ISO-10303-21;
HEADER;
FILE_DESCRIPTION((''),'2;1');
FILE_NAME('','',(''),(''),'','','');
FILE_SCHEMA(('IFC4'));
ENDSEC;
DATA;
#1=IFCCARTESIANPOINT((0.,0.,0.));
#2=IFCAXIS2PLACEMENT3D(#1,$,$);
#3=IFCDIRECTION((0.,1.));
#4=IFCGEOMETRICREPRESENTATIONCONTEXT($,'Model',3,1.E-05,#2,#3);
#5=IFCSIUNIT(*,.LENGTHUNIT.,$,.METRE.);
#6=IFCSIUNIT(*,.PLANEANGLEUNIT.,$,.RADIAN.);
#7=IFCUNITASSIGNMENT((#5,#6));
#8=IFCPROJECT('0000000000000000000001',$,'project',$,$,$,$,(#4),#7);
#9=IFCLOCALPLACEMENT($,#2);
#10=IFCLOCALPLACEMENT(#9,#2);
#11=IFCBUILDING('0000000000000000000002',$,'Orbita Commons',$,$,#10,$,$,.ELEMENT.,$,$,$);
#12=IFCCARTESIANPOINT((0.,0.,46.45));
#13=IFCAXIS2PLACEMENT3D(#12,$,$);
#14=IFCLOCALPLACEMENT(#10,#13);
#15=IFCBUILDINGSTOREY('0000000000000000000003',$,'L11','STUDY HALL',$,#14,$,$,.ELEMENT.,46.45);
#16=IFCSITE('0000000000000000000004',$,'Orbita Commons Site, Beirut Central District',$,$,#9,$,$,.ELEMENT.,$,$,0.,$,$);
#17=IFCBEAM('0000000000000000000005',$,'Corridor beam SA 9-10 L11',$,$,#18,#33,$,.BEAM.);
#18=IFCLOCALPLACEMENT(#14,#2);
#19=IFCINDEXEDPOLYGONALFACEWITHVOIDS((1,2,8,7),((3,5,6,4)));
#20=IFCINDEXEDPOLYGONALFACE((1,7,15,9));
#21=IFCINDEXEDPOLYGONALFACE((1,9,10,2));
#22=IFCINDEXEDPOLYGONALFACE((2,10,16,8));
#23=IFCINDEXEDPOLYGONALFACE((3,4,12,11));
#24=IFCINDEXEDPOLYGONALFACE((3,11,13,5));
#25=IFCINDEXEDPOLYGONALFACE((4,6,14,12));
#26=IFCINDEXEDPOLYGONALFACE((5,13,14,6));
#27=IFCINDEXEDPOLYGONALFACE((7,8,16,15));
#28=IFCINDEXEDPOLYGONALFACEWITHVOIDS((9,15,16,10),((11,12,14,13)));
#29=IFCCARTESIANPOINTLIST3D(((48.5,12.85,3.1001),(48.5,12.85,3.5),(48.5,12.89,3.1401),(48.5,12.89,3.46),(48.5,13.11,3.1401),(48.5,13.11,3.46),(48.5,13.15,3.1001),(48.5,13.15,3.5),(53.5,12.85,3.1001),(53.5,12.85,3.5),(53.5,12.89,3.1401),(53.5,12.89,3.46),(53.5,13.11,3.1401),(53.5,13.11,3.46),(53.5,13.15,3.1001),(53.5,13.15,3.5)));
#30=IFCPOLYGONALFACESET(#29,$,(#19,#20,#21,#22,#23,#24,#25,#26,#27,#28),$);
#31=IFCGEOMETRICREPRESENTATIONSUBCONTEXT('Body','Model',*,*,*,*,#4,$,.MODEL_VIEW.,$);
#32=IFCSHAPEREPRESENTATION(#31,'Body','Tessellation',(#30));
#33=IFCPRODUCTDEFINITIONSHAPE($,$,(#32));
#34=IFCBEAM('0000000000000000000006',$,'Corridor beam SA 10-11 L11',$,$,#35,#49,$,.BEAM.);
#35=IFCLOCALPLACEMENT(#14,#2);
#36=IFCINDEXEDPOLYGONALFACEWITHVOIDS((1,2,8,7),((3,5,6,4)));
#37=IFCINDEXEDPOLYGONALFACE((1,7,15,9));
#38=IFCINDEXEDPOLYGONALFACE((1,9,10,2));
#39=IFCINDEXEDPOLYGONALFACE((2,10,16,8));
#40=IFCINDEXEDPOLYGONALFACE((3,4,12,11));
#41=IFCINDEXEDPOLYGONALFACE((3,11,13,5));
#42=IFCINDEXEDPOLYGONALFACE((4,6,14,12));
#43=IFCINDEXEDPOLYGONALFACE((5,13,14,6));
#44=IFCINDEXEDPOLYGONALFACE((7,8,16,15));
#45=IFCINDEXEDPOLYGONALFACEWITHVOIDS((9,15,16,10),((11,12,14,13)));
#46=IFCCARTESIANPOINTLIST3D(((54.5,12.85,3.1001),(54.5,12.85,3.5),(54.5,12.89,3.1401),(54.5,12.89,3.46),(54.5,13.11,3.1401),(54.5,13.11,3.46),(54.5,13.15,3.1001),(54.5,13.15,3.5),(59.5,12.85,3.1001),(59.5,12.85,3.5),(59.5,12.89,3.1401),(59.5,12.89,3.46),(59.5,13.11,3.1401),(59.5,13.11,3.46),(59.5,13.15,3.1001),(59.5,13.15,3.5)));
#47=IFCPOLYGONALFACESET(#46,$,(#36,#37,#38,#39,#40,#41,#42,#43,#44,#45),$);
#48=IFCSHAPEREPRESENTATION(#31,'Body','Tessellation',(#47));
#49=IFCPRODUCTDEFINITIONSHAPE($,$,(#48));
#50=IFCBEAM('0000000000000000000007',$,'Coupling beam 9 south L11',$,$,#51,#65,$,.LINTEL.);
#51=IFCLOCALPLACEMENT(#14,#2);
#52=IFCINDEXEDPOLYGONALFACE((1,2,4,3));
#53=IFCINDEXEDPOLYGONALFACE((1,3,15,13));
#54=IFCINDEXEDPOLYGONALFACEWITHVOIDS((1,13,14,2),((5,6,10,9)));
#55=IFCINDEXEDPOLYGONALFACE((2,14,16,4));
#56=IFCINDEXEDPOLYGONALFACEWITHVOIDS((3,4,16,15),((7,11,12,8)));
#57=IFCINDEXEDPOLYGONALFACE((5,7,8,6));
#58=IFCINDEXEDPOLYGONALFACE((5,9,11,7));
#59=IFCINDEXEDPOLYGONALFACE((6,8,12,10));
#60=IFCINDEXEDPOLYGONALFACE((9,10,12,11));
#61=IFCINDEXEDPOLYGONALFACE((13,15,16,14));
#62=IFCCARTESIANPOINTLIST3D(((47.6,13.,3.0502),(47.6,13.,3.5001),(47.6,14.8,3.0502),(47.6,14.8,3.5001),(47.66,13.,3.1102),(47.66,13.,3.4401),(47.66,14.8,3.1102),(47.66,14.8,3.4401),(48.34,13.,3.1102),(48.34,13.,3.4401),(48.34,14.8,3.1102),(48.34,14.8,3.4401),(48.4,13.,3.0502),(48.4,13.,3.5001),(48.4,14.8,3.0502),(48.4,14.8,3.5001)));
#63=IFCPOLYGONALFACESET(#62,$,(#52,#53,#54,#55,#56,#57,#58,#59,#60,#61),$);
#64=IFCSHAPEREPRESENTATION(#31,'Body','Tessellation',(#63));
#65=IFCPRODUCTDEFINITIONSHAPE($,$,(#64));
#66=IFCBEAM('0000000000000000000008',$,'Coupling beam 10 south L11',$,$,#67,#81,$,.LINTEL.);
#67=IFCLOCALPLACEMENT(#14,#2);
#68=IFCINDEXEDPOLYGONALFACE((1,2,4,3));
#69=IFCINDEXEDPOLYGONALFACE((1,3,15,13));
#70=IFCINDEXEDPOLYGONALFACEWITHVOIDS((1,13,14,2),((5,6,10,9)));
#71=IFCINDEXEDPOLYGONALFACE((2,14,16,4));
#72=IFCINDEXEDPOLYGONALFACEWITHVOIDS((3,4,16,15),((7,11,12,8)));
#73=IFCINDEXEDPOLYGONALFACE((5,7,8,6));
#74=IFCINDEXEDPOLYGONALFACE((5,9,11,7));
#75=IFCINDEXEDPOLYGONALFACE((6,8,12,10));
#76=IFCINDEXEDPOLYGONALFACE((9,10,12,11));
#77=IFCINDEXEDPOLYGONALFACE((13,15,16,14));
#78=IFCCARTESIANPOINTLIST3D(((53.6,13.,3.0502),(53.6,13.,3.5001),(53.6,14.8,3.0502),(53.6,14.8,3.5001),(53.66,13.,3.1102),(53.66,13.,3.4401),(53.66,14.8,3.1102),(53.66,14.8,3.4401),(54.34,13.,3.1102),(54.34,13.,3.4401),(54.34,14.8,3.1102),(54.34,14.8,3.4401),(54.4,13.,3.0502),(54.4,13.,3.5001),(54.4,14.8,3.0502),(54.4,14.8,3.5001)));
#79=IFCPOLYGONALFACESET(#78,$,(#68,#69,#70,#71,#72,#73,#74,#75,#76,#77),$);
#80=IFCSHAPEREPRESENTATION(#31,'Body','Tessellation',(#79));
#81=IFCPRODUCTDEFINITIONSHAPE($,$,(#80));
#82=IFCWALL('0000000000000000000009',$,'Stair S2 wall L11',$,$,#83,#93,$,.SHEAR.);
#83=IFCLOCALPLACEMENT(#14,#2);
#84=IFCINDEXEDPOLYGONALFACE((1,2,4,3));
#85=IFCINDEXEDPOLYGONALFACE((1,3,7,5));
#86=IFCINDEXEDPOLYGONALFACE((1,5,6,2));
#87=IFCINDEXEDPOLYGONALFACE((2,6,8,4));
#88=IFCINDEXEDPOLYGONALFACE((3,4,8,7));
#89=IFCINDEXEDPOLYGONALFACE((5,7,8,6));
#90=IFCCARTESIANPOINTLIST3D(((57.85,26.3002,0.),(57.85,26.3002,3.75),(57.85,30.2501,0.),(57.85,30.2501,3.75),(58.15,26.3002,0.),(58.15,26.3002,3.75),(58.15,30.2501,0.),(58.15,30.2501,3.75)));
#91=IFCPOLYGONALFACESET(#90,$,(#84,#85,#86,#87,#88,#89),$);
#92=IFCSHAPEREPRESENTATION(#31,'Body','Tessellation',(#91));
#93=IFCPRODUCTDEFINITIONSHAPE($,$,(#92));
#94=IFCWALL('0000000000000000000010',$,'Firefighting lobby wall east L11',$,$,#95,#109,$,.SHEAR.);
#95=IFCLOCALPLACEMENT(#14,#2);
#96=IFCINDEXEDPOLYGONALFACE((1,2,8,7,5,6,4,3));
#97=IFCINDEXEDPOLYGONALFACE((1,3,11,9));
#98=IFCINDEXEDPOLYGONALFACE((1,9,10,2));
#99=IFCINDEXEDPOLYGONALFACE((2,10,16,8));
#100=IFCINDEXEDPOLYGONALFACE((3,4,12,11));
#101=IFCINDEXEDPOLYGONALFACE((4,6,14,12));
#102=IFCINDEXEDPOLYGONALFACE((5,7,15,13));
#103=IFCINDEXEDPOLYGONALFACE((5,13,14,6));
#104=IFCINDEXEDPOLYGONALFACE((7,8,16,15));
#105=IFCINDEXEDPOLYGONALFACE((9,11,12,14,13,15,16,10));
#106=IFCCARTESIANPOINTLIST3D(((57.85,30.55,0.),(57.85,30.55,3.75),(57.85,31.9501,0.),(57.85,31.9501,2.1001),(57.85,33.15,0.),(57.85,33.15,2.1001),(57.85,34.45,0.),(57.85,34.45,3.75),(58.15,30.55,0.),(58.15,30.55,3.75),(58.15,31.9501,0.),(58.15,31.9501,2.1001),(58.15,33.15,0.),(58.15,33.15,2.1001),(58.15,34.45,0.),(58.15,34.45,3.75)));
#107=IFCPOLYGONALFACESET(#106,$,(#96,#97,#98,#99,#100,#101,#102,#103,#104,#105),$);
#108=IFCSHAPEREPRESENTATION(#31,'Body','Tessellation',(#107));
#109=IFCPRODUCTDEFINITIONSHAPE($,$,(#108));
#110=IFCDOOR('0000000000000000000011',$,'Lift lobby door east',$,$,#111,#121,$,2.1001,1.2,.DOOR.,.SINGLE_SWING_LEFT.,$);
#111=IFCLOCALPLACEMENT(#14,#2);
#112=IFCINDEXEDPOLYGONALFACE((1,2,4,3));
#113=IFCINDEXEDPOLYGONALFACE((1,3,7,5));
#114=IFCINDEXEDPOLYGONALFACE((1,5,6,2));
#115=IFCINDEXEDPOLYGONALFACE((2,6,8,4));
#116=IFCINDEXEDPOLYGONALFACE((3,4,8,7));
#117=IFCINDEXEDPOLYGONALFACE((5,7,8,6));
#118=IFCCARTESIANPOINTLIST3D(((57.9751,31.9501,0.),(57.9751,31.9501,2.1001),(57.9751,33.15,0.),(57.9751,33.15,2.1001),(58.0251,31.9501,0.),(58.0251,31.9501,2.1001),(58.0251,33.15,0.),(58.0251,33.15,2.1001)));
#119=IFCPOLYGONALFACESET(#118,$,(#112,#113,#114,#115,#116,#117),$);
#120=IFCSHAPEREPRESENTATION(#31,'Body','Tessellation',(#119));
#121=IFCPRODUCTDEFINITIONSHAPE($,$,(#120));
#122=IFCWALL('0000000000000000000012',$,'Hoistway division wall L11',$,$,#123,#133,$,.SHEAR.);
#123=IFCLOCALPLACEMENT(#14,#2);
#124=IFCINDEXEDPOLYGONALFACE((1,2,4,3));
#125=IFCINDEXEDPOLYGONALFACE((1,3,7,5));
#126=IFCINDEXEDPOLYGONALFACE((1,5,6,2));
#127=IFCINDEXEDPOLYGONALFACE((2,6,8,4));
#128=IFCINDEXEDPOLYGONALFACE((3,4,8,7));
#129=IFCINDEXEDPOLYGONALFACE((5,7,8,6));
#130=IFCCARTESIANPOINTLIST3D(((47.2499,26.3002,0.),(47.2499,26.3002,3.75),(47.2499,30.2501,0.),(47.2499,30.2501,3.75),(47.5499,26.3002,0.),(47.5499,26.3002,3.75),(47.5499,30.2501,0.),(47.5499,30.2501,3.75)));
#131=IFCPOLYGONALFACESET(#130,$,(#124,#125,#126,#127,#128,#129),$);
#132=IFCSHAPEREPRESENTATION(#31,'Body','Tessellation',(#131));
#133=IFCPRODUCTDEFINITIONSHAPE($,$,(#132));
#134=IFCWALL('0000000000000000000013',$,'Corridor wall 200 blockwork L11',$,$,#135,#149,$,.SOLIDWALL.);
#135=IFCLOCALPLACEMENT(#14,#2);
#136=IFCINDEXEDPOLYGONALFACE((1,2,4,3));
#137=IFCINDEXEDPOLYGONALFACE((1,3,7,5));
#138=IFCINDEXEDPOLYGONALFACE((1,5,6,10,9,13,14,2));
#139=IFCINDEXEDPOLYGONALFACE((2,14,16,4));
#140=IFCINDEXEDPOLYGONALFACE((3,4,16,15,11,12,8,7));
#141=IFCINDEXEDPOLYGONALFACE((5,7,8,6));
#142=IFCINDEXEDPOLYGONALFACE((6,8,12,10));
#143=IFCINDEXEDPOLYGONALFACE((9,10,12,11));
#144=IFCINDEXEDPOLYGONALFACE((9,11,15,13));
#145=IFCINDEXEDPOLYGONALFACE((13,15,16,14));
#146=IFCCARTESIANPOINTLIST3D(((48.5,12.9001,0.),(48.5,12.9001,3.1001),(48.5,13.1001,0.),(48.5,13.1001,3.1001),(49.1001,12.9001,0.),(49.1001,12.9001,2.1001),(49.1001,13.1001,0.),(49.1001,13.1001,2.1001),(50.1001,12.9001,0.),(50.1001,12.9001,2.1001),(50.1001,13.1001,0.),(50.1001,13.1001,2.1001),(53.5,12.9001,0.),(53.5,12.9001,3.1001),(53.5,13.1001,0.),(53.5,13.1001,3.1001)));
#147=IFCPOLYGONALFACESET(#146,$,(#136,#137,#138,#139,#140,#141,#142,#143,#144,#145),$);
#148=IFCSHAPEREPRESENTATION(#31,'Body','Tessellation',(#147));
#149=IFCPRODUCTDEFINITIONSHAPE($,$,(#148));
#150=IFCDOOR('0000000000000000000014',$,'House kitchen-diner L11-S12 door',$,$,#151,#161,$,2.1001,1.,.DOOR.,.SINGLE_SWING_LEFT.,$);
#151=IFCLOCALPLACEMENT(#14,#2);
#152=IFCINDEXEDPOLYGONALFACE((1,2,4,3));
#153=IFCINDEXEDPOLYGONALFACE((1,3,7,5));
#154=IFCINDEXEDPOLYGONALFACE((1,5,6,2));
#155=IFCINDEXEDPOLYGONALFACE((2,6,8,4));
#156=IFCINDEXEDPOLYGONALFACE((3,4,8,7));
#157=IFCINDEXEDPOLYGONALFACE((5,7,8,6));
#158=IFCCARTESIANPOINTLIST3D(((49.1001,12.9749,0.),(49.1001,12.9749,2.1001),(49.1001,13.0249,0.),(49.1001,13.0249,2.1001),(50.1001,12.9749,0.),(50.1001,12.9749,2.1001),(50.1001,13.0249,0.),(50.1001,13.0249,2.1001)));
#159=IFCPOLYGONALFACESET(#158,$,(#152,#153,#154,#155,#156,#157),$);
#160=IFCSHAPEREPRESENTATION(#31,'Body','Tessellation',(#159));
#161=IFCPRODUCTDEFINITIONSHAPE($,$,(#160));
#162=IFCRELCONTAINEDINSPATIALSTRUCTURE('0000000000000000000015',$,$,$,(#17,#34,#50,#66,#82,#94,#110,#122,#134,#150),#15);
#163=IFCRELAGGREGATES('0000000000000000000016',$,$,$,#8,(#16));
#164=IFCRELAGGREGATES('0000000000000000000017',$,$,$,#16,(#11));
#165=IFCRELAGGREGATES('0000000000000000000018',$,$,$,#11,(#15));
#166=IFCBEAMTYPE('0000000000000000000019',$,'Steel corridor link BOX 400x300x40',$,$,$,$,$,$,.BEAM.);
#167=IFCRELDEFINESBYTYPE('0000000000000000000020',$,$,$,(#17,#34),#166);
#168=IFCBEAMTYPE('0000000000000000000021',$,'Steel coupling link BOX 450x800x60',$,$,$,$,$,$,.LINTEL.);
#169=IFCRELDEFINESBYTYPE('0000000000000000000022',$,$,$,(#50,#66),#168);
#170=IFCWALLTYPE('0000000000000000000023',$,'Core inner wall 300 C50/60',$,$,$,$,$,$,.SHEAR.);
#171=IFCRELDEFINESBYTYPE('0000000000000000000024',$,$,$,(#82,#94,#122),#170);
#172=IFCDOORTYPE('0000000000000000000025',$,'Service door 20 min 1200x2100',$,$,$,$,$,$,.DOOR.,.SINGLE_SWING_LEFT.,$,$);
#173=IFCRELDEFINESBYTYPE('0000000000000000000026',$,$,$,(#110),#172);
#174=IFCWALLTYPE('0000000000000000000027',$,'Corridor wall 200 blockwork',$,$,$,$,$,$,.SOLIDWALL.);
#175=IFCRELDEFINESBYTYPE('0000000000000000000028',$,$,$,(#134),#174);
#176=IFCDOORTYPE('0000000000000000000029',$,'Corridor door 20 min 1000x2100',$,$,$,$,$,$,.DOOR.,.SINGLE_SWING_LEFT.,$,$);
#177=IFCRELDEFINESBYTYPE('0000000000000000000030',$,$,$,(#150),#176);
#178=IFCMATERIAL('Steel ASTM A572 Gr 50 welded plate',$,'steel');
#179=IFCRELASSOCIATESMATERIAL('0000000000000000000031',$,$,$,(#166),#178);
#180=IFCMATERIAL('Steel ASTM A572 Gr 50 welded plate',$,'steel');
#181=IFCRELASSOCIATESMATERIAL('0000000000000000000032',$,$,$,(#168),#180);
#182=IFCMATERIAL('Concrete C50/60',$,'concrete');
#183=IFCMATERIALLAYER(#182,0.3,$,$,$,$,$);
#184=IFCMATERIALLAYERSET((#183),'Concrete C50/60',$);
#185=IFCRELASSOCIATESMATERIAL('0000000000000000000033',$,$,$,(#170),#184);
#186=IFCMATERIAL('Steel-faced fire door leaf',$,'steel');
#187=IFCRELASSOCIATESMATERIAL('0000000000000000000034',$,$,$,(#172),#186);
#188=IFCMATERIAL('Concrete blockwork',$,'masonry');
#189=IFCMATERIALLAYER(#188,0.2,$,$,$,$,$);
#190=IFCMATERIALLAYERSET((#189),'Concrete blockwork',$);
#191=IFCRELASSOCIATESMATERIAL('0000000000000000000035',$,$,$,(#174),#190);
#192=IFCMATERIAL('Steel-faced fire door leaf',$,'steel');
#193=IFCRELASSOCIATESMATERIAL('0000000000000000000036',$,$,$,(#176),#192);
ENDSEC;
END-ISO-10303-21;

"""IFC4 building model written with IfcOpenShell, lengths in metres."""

from ifc_helpers import new_model, si_unit, direction, frame, frame_2d, origin, origin_2d, place, context, subcontext, project, spatial, polyline, rectangle, hollow_rectangle, outline, extrude, material, layer, layer_set, material_profile, profile_set, type_object, element, fill, save


model = new_model("IFC4")

# Units and contexts
model_context = context("Model", 3, precision=1e-05, world=origin(), true_north=direction((0.0, 1.0)))
body_context = subcontext(model_context, "Body", "Model", "MODEL_VIEW")
ifc_project = project(units=[si_unit("LENGTHUNIT", "METRE"), si_unit("PLANEANGLEUNIT", "RADIAN")], contexts=[model_context])

# Site, building, storey
site_placement = place(None, origin())
site = spatial("IfcSite", under=ifc_project, at=site_placement, Name="Orbita Commons Site, Beirut Central District", CompositionType="ELEMENT", RefElevation=0.0)
building_placement = place(site_placement, origin())
building = spatial("IfcBuilding", under=site, at=building_placement, Name="Orbita Commons", CompositionType="ELEMENT")
storey_placement = place(building_placement, frame((0.0, 0.0, 46.45)))
storey = spatial("IfcBuildingStorey", under=building, at=storey_placement, Name="L11", Description="STUDY HALL", CompositionType="ELEMENT", Elevation=46.45)

# Beams
ifc_material_1 = material(Name="Steel ASTM A572 Gr 50 welded plate", Category="steel")
ifc_material_profile_1 = material_profile(ifc_material_1, hollow_rectangle(XDim=0.3, YDim=0.3999, WallThickness=0.04, at=origin_2d()), Name="BOX 400x300x40")
ifc_profile_set_1 = profile_set([ifc_material_profile_1], Name="Steel ASTM A572 Gr 50 welded plate")
beam_type_1 = type_object("IfcBeamType", Name="Steel corridor link BOX 400x300x40", PredefinedType="BEAM", material=ifc_profile_set_1)
for number, where, z_axis, x_axis, name in (
    (1, (48.5, 13.0, 3.3), (1.0, 0.0, 0.0), (0.0, 1.0, 0.0), "Corridor beam SA 9-10 L11"),
    (2, (54.5, 13.0, 3.3), (1.0, 0.0, 0.0), (0.0, 1.0, 0.0), "Corridor beam SA 10-11 L11"),
):
    element("IfcBeam", number, at=place(storey_placement, frame(where, z_axis=z_axis, x_axis=x_axis)), inside=storey, type_object=beam_type_1, Name=name, PredefinedType="BEAM", context=body_context, shape_type="SweptSolid", body=[
        extrude(hollow_rectangle(XDim=0.3, YDim=0.3999, WallThickness=0.04, at=origin_2d()), origin(), (0.0, 0.0, 1.0), 5.0),
    ])
ifc_material_2 = material(Name="Steel ASTM A572 Gr 50 welded plate", Category="steel")
ifc_material_profile_2 = material_profile(ifc_material_2, hollow_rectangle(XDim=0.8, YDim=0.45, WallThickness=0.0601, at=origin_2d()), Name="BOX 450x800x60")
ifc_profile_set_2 = profile_set([ifc_material_profile_2], Name="Steel ASTM A572 Gr 50 welded plate")
beam_type_2 = type_object("IfcBeamType", Name="Steel coupling link BOX 450x800x60", PredefinedType="LINTEL", material=ifc_profile_set_2)
for number, where, z_axis, x_axis, name in (
    (3, (48.0, 13.0, 3.2751), (0.0, 1.0, 0.0), (-1.0, 0.0, 0.0), "Coupling beam 9 south L11"),
    (4, (54.0, 13.0, 3.2751), (0.0, 1.0, 0.0), (-1.0, 0.0, 0.0), "Coupling beam 10 south L11"),
):
    element("IfcBeam", number, at=place(storey_placement, frame(where, z_axis=z_axis, x_axis=x_axis)), inside=storey, type_object=beam_type_2, Name=name, PredefinedType="LINTEL", context=body_context, shape_type="SweptSolid", body=[
        extrude(hollow_rectangle(XDim=0.8, YDim=0.45, WallThickness=0.0601, at=origin_2d()), origin(), (0.0, 0.0, 1.0), 1.8),
    ])

# Wall
ifc_material_3 = material(Name="Concrete C50/60", Category="concrete")
ifc_layer_1 = layer(ifc_material_3, 0.3)
ifc_layer_set_1 = layer_set([ifc_layer_1], Name="Concrete C50/60")
wall_type_1 = type_object("IfcWallType", Name="Core inner wall 300 C50/60", PredefinedType="SHEAR", material=ifc_layer_set_1)
wall_1_placement = place(storey_placement, frame((58.0, 26.3, 0.0), z_axis=(0.0, 0.0, 1.0), x_axis=(0.0, 1.0, 0.0)))
element("IfcWall", 5, at=wall_1_placement, inside=storey, type_object=wall_type_1, Name="Stair S2 wall L11", PredefinedType="SHEAR", context=body_context, shape_type="SweptSolid", body=[
    extrude(rectangle(XDim=3.95, YDim=0.3, at=frame_2d((1.9751, 0.0))), origin(), (0.0, 0.0, 1.0), 3.75),
])

# Wall, opening, door
wall_2_placement = place(storey_placement, frame((58.0, 30.55, 0.0), z_axis=(0.0, 0.0, 1.0), x_axis=(0.0, 1.0, 0.0)))
wall_2 = element("IfcWall", 6, at=wall_2_placement, inside=storey, type_object=wall_type_1, Name="Firefighting lobby wall east L11", PredefinedType="SHEAR", context=body_context, shape_type="SweptSolid", body=[
    extrude(rectangle(XDim=3.8999, YDim=0.3, at=frame_2d((1.95, 0.0))), origin(), (0.0, 0.0, 1.0), 3.75),
])
opening_1_placement = place(wall_2_placement, frame((1.3999, 0.0, 0.0)))
opening_1 = element("IfcOpeningElement", 7, at=opening_1_placement, cuts=wall_2, PredefinedType="OPENING", context=body_context, shape_type="SweptSolid", body=[
    extrude(rectangle(XDim=1.2, YDim=2.1001, at=frame_2d((0.6001, 1.05))), frame((0.0, 0.1599, 0.0), z_axis=(0.0, -1.0, 0.0), x_axis=(1.0, 0.0, 0.0)), (0.0, 0.0, 1.0), 0.3201),
])
ifc_material_4 = material(Name="Steel-faced fire door leaf", Category="steel")
door_type_1 = type_object("IfcDoorType", Name="Service door 20 min 1200x2100", OperationType="SINGLE_SWING_LEFT", PredefinedType="DOOR", material=ifc_material_4)
door_1_placement = place(opening_1_placement, origin())
door_1 = element("IfcDoor", 8, at=door_1_placement, inside=storey, type_object=door_type_1, Name="Lift lobby door east", OperationType="SINGLE_SWING_LEFT", OverallHeight=2.1001, OverallWidth=1.2, PredefinedType="DOOR", context=body_context, shape_type="SweptSolid", body=[
    extrude(rectangle(XDim=1.2, YDim=2.1001, at=frame_2d((0.6001, 1.05))), frame((0.0, 0.0249, 0.0), z_axis=(0.0, -1.0, 0.0), x_axis=(1.0, 0.0, 0.0)), (0.0, 0.0, 1.0), 0.05),
])
fill(opening_1, door_1)

# Wall
wall_3_placement = place(storey_placement, frame((47.3999, 26.3, 0.0), z_axis=(0.0, 0.0, 1.0), x_axis=(0.0, 1.0, 0.0)))
element("IfcWall", 9, at=wall_3_placement, inside=storey, type_object=wall_type_1, Name="Hoistway division wall L11", PredefinedType="SHEAR", context=body_context, shape_type="SweptSolid", body=[
    extrude(rectangle(XDim=3.95, YDim=0.3, at=frame_2d((1.9751, 0.0))), origin(), (0.0, 0.0, 1.0), 3.75),
])

# Wall, opening, door
ifc_material_5 = material(Name="Concrete blockwork", Category="masonry")
ifc_layer_2 = layer(ifc_material_5, 0.2)
ifc_layer_set_2 = layer_set([ifc_layer_2], Name="Concrete blockwork")
wall_type_2 = type_object("IfcWallType", Name="Corridor wall 200 blockwork", PredefinedType="SOLIDWALL", material=ifc_layer_set_2)
wall_4_placement = place(storey_placement, frame((48.5, 13.0, 0.0), z_axis=(0.0, 0.0, 1.0), x_axis=(1.0, 0.0, 0.0)))
wall_4 = element("IfcWall", 10, at=wall_4_placement, inside=storey, type_object=wall_type_2, Name="Corridor wall 200 blockwork L11", PredefinedType="SOLIDWALL", context=body_context, shape_type="SweptSolid", body=[
    extrude(outline(polyline([(0.0, 0.0), (5.0, 0.0), (5.0, 3.1001), (0.0, 3.1001), (0.0, 0.0)])), frame((0.0, 0.1001, 0.0), z_axis=(0.0, -1.0, 0.0), x_axis=(1.0, 0.0, 0.0)), (0.0, 0.0, 1.0), 0.2),
])
opening_2_placement = place(wall_4_placement, frame((0.6001, 0.0, 0.0)))
opening_2 = element("IfcOpeningElement", 11, at=opening_2_placement, cuts=wall_4, PredefinedType="OPENING", context=body_context, shape_type="SweptSolid", body=[
    extrude(rectangle(XDim=1.0, YDim=2.1001, at=frame_2d((0.5, 1.05))), frame((0.0, 0.1099, 0.0), z_axis=(0.0, -1.0, 0.0), x_axis=(1.0, 0.0, 0.0)), (0.0, 0.0, 1.0), 0.22),
])
ifc_material_6 = material(Name="Steel-faced fire door leaf", Category="steel")
door_type_2 = type_object("IfcDoorType", Name="Corridor door 20 min 1000x2100", OperationType="SINGLE_SWING_LEFT", PredefinedType="DOOR", material=ifc_material_6)
door_2_placement = place(opening_2_placement, origin())
door_2 = element("IfcDoor", 12, at=door_2_placement, inside=storey, type_object=door_type_2, Name="House kitchen-diner L11-S12 door", OperationType="SINGLE_SWING_LEFT", OverallHeight=2.1001, OverallWidth=1.0, PredefinedType="DOOR", context=body_context, shape_type="SweptSolid", body=[
    extrude(rectangle(XDim=1.0, YDim=2.1001, at=frame_2d((0.5, 1.05))), frame((0.0, 0.0249, 0.0), z_axis=(0.0, -1.0, 0.0), x_axis=(1.0, 0.0, 0.0)), (0.0, 0.0, 1.0), 0.05),
])
fill(opening_2, door_2)

save(model, "model.ifc")
